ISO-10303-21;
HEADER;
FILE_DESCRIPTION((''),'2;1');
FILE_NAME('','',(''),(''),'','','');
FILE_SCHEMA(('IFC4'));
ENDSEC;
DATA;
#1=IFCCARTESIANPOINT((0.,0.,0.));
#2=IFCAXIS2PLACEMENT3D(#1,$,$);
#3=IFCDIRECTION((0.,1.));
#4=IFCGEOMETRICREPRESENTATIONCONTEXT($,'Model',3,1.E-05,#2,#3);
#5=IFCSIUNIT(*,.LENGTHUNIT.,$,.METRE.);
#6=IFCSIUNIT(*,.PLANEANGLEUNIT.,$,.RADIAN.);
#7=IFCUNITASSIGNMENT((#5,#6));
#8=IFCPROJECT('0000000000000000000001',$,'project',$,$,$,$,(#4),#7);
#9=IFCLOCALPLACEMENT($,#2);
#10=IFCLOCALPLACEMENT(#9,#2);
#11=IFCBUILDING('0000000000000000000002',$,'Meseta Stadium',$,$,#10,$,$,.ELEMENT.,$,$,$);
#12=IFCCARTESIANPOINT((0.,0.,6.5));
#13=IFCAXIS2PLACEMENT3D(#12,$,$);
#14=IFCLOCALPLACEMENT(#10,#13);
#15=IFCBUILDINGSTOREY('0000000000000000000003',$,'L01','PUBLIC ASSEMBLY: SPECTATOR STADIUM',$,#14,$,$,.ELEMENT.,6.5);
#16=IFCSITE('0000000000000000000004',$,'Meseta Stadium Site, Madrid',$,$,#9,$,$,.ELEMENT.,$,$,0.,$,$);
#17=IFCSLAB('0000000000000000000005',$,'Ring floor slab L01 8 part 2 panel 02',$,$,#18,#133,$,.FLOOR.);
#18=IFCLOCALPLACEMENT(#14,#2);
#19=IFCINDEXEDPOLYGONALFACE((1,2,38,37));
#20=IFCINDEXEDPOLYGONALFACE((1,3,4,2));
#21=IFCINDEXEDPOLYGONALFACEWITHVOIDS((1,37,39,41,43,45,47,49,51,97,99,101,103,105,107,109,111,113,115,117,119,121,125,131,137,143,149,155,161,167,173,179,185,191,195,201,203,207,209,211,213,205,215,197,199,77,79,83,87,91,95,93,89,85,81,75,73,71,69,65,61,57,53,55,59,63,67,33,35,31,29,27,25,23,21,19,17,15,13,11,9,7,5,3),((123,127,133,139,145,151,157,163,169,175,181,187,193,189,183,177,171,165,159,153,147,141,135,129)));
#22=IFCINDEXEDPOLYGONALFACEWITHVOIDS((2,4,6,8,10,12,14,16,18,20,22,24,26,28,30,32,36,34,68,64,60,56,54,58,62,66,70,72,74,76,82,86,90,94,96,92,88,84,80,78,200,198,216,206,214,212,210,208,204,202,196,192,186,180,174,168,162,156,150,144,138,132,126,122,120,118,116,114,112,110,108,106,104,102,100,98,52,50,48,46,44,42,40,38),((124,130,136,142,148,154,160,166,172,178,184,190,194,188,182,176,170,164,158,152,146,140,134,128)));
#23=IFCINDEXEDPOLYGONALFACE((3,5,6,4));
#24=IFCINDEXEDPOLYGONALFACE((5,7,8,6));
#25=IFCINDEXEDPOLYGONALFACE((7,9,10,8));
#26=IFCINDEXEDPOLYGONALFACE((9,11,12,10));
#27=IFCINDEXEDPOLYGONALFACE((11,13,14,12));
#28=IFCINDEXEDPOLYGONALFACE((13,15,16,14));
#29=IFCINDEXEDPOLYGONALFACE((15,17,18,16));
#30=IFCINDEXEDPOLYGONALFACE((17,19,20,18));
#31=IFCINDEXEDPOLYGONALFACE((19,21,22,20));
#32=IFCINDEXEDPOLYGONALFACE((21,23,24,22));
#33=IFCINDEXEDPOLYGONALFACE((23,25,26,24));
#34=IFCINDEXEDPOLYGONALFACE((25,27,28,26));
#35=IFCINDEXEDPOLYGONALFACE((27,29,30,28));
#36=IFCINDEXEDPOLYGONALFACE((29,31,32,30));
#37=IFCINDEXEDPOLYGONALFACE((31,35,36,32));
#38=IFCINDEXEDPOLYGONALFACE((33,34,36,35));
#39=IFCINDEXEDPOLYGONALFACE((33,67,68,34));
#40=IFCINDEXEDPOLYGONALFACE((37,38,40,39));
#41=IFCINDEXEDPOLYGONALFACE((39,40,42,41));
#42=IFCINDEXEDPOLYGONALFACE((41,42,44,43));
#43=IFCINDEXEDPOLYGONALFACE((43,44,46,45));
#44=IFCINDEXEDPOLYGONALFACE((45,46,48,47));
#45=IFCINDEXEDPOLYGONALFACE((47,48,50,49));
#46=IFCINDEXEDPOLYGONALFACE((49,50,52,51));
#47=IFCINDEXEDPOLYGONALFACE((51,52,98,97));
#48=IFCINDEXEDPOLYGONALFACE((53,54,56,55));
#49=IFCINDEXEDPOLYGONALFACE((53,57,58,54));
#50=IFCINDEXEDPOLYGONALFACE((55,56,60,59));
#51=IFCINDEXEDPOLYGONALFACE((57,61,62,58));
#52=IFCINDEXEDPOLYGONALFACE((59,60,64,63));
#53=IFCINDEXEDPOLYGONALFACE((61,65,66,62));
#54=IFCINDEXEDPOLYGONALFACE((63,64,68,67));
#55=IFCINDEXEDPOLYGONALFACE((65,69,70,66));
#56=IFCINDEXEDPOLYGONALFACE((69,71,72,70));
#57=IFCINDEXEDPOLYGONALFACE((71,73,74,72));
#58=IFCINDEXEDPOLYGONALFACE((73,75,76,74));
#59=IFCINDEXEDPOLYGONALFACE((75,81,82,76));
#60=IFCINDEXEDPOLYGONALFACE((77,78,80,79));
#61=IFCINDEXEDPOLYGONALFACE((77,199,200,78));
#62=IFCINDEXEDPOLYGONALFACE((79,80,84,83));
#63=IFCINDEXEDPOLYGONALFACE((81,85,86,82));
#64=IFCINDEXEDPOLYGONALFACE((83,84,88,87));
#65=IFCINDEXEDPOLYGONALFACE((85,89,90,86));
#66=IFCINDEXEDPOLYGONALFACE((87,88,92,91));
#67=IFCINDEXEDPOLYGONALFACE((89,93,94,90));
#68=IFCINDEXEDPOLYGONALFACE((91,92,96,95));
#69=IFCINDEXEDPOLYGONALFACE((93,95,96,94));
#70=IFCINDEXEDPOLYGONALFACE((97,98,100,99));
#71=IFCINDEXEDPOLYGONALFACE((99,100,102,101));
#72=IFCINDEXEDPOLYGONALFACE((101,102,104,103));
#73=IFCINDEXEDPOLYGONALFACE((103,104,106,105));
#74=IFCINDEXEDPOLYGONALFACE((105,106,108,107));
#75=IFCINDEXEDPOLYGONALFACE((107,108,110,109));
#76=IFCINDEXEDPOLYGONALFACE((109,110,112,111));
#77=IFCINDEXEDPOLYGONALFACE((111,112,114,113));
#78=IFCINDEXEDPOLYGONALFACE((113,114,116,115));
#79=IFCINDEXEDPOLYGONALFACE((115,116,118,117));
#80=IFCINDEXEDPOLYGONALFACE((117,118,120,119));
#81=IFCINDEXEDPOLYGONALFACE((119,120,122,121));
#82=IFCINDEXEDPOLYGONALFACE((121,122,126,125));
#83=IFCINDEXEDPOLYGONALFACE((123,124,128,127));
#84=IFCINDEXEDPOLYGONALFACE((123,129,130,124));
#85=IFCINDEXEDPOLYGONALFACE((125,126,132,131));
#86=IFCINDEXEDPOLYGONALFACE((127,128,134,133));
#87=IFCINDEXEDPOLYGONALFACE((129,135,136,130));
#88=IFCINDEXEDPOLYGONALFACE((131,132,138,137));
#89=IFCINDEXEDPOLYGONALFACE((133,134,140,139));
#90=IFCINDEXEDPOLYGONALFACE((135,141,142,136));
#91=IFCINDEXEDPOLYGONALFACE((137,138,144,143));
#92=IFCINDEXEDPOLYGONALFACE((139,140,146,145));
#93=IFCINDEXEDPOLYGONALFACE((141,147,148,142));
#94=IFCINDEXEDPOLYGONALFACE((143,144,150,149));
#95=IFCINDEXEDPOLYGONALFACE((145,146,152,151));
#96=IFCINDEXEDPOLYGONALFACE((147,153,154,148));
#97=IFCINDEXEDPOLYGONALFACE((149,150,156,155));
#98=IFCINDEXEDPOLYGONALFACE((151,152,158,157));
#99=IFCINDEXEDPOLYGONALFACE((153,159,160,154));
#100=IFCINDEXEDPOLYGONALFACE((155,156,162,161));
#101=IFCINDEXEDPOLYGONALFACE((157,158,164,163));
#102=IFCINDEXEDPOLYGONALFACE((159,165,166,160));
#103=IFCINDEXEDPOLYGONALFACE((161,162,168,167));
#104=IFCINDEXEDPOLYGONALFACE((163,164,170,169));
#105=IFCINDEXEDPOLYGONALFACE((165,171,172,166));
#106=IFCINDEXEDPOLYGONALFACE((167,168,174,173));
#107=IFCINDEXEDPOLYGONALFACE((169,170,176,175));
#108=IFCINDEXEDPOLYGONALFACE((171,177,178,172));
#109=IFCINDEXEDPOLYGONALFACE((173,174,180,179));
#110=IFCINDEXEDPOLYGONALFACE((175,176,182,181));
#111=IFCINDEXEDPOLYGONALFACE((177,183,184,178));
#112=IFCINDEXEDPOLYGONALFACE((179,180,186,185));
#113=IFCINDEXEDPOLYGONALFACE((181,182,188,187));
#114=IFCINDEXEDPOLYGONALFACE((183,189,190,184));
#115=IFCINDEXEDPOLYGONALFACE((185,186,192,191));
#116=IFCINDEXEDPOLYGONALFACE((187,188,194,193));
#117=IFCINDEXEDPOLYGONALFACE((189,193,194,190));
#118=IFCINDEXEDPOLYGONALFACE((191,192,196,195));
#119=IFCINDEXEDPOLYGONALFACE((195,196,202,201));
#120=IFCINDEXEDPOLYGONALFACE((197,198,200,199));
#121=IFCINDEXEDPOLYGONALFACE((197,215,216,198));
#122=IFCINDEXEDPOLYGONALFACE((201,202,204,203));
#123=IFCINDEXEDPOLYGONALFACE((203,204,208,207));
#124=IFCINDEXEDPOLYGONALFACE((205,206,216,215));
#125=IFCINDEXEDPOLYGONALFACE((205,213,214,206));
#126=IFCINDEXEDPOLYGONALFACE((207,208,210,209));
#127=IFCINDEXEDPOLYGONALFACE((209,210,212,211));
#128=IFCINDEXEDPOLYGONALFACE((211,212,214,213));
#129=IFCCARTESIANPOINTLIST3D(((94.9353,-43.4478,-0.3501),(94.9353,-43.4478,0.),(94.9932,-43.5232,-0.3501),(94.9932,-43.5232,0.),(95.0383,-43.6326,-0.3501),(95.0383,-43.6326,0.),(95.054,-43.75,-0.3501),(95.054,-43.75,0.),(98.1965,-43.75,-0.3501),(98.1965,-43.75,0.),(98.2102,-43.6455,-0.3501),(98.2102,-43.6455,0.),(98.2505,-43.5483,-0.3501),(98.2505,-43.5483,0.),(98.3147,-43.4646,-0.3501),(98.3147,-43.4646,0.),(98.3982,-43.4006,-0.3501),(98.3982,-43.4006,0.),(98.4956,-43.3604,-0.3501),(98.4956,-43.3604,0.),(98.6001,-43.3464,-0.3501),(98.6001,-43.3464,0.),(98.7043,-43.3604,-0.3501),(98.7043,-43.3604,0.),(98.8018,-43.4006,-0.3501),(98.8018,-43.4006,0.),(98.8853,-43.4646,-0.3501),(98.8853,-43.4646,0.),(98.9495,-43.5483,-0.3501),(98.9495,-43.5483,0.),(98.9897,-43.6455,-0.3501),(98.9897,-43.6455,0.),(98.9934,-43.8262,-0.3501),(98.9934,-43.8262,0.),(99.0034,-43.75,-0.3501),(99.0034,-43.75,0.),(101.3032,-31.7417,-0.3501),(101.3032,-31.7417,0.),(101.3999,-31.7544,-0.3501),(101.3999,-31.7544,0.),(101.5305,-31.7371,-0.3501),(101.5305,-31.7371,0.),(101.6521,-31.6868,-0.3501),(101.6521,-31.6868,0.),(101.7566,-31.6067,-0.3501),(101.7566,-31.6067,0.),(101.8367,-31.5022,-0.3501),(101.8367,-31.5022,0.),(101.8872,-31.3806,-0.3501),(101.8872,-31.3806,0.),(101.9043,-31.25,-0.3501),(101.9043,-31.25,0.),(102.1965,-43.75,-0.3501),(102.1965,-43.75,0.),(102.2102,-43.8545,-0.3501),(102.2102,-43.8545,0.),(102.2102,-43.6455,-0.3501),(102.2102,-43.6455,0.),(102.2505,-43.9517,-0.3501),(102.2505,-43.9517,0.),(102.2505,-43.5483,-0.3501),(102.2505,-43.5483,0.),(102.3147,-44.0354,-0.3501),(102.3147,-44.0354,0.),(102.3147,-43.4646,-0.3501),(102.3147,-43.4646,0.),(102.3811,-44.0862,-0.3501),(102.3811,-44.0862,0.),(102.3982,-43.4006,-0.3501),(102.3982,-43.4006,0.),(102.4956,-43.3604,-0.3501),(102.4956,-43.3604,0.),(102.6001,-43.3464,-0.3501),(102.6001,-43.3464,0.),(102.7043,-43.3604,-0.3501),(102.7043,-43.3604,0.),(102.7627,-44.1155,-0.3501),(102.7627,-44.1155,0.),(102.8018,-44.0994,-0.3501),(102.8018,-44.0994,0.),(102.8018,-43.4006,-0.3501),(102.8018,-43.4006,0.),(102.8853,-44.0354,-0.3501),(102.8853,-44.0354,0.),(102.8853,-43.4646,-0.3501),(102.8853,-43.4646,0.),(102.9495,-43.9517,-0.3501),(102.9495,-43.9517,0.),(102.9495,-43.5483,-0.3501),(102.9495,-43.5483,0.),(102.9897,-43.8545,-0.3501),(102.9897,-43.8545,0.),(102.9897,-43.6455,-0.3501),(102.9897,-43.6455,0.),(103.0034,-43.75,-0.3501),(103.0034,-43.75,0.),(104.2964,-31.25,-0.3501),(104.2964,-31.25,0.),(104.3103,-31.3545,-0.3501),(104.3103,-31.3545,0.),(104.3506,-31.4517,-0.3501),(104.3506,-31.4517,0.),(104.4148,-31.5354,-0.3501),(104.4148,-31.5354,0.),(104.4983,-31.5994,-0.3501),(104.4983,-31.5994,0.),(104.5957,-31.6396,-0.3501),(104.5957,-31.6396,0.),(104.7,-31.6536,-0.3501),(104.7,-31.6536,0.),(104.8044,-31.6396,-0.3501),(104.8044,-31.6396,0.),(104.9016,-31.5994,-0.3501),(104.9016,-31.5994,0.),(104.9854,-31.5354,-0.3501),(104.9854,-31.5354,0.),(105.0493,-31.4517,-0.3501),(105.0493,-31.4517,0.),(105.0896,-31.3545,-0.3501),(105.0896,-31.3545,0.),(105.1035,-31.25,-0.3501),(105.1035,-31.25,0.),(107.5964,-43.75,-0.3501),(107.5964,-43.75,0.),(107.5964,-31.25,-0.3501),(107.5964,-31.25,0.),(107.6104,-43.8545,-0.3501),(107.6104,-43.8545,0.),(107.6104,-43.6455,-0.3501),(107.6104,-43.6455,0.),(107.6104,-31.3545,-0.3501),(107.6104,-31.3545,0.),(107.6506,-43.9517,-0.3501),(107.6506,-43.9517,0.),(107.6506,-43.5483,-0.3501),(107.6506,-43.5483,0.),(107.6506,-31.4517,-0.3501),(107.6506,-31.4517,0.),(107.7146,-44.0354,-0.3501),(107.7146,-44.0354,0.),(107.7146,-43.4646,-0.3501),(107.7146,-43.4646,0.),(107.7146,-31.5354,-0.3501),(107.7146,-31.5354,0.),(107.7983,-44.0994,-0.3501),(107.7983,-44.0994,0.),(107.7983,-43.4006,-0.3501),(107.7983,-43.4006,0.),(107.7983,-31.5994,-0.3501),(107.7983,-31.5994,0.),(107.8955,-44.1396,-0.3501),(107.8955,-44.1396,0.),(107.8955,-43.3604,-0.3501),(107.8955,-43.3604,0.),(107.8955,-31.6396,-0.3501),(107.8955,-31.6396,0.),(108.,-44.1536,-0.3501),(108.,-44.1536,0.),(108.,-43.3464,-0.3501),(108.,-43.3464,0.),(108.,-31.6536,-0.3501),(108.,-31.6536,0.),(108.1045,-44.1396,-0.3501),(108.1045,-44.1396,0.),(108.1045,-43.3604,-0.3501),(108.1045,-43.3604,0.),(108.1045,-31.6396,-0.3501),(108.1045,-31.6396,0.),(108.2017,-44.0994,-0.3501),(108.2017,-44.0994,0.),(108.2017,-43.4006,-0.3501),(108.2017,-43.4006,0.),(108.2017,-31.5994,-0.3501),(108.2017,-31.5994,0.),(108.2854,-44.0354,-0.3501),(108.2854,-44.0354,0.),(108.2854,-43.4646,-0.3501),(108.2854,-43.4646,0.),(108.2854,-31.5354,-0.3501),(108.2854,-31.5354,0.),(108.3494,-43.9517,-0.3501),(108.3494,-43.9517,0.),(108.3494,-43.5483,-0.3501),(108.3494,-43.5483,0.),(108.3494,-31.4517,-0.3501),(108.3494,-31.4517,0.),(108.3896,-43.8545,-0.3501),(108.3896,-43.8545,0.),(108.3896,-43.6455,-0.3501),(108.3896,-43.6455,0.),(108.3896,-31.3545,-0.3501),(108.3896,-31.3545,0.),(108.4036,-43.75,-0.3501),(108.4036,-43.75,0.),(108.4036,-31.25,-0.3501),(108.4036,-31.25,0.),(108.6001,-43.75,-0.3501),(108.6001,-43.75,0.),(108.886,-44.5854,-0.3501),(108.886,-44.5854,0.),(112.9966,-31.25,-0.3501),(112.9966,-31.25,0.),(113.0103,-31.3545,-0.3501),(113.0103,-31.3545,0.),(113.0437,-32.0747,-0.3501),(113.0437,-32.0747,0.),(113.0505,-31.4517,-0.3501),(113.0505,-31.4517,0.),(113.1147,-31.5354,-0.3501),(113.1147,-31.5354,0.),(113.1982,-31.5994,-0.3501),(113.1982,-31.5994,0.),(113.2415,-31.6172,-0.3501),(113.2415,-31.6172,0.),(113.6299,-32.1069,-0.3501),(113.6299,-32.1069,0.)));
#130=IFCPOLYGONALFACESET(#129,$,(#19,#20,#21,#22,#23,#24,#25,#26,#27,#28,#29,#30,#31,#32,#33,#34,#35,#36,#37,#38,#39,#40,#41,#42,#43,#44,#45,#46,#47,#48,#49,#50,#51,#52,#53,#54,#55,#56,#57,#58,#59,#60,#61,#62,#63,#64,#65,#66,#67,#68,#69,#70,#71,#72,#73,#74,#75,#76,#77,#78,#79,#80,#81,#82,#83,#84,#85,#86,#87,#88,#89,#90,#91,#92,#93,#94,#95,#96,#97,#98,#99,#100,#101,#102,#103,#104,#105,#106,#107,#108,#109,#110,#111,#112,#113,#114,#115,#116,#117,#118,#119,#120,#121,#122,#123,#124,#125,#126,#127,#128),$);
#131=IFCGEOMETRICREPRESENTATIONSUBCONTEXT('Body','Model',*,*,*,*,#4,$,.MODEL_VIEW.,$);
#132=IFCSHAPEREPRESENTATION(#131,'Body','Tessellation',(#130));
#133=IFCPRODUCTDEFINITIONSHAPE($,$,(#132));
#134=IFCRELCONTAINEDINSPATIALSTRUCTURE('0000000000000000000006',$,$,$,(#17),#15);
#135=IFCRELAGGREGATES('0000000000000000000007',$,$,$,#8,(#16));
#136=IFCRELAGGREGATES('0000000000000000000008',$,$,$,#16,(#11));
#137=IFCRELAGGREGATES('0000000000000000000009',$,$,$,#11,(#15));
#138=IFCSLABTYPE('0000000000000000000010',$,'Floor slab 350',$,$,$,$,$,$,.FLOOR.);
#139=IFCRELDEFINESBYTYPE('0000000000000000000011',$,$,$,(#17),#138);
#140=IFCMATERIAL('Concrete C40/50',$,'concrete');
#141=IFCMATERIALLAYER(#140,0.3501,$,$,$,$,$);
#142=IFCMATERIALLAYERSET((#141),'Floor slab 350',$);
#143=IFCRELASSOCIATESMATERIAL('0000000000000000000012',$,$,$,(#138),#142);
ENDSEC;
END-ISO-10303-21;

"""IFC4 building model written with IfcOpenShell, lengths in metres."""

from ifc_helpers import new_model, si_unit, direction, frame, origin, place, context, subcontext, project, spatial, polyline, outline, extrude, material, layer, layer_set, type_object, element, save


model = new_model("IFC4")

# Units and contexts
model_context = context("Model", 3, precision=1e-05, world=origin(), true_north=direction((0.0, 1.0)))
body_context = subcontext(model_context, "Body", "Model", "MODEL_VIEW")
ifc_project = project(units=[si_unit("LENGTHUNIT", "METRE"), si_unit("PLANEANGLEUNIT", "RADIAN")], contexts=[model_context])

# Site, building, storey
site_placement = place(None, origin())
site = spatial("IfcSite", under=ifc_project, at=site_placement, Name="Meseta Stadium Site, Madrid", CompositionType="ELEMENT", RefElevation=0.0)
building_placement = place(site_placement, origin())
building = spatial("IfcBuilding", under=site, at=building_placement, Name="Meseta Stadium", CompositionType="ELEMENT")
storey_placement = place(building_placement, frame((0.0, 0.0, 6.5)))
storey = spatial("IfcBuildingStorey", under=building, at=storey_placement, Name="L01", Description="PUBLIC ASSEMBLY: SPECTATOR STADIUM", CompositionType="ELEMENT", Elevation=6.5)

# Slab
ifc_material_1 = material(Name="Concrete C40/50", Category="concrete")
ifc_layer = layer(ifc_material_1, 0.3501)
ifc_layer_set = layer_set([ifc_layer], Name="Floor slab 350")
slab_type = type_object("IfcSlabType", Name="Floor slab 350", PredefinedType="FLOOR", material=ifc_layer_set)
slab_1_placement = place(storey_placement, frame((0.0, 0.0, -0.3501)))
element("IfcSlab", 1, at=slab_1_placement, inside=storey, type_object=slab_type, Name="Ring floor slab L01 8 part 2 panel 02", PredefinedType="FLOOR", context=body_context, shape_type="SweptSolid", body=[
    extrude(outline(polyline([(104.8044, -31.6396), (104.7, -31.6536), (104.5957, -31.6396), (104.4983, -31.5994), (104.4148, -31.5354), (104.3506, -31.4517), (104.3103, -31.3545), (104.2964, -31.25), (101.9043, -31.25), (101.8872, -31.3806), (101.8367, -31.5022), (101.7566, -31.6067), (101.6521, -31.6868), (101.5305, -31.7371), (101.3999, -31.7544), (101.3032, -31.7417), (94.9353, -43.4478), (94.9932, -43.5232), (95.0383, -43.6326), (95.054, -43.75), (98.1965, -43.75), (98.2102, -43.6455), (98.2505, -43.5483), (98.3147, -43.4646), (98.3982, -43.4006), (98.4956, -43.3604), (98.6001, -43.3464), (98.7043, -43.3604), (98.8018, -43.4006), (98.8853, -43.4646), (98.9495, -43.5483), (98.9897, -43.6455), (99.0034, -43.75), (98.9934, -43.8262), (102.3811, -44.0862), (102.3147, -44.0354), (102.2505, -43.9517), (102.2102, -43.8545), (102.1965, -43.75), (102.2102, -43.6455), (102.2505, -43.5483), (102.3147, -43.4646), (102.3982, -43.4006), (102.4956, -43.3604), (102.6001, -43.3464), (102.7043, -43.3604), (102.8018, -43.4006), (102.8853, -43.4646), (102.9495, -43.5483), (102.9897, -43.6455), (103.0034, -43.75), (102.9897, -43.8545), (102.9495, -43.9517), (102.8853, -44.0354), (102.8018, -44.0994), (102.7627, -44.1155), (108.886, -44.5854), (108.6001, -43.75), (113.6299, -32.1069), (113.0437, -32.0747), (113.2415, -31.6172), (113.1982, -31.5994), (113.1147, -31.5354), (113.0505, -31.4517), (113.0103, -31.3545), (112.9966, -31.25), (108.4036, -31.25), (108.3896, -31.3545), (108.3494, -31.4517), (108.2854, -31.5354), (108.2017, -31.5994), (108.1045, -31.6396), (108.0, -31.6536), (107.8955, -31.6396), (107.7983, -31.5994), (107.7146, -31.5354), (107.6506, -31.4517), (107.6104, -31.3545), (107.5964, -31.25), (105.1035, -31.25), (105.0896, -31.3545), (105.0493, -31.4517), (104.9854, -31.5354), (104.9016, -31.5994), (104.8044, -31.6396)]), holes=[polyline([(108.0, -43.3464), (108.1045, -43.3604), (108.2017, -43.4006), (108.2854, -43.4646), (108.3494, -43.5483), (108.3896, -43.6455), (108.4036, -43.75), (108.3896, -43.8545), (108.3494, -43.9517), (108.2854, -44.0354), (108.2017, -44.0994), (108.1045, -44.1396), (108.0, -44.1536), (107.8955, -44.1396), (107.7983, -44.0994), (107.7146, -44.0354), (107.6506, -43.9517), (107.6104, -43.8545), (107.5964, -43.75), (107.6104, -43.6455), (107.6506, -43.5483), (107.7146, -43.4646), (107.7983, -43.4006), (107.8955, -43.3604), (108.0, -43.3464)])]), origin(), (0.0, 0.0, 1.0), 0.3501),
])

save(model, "model.ifc")
